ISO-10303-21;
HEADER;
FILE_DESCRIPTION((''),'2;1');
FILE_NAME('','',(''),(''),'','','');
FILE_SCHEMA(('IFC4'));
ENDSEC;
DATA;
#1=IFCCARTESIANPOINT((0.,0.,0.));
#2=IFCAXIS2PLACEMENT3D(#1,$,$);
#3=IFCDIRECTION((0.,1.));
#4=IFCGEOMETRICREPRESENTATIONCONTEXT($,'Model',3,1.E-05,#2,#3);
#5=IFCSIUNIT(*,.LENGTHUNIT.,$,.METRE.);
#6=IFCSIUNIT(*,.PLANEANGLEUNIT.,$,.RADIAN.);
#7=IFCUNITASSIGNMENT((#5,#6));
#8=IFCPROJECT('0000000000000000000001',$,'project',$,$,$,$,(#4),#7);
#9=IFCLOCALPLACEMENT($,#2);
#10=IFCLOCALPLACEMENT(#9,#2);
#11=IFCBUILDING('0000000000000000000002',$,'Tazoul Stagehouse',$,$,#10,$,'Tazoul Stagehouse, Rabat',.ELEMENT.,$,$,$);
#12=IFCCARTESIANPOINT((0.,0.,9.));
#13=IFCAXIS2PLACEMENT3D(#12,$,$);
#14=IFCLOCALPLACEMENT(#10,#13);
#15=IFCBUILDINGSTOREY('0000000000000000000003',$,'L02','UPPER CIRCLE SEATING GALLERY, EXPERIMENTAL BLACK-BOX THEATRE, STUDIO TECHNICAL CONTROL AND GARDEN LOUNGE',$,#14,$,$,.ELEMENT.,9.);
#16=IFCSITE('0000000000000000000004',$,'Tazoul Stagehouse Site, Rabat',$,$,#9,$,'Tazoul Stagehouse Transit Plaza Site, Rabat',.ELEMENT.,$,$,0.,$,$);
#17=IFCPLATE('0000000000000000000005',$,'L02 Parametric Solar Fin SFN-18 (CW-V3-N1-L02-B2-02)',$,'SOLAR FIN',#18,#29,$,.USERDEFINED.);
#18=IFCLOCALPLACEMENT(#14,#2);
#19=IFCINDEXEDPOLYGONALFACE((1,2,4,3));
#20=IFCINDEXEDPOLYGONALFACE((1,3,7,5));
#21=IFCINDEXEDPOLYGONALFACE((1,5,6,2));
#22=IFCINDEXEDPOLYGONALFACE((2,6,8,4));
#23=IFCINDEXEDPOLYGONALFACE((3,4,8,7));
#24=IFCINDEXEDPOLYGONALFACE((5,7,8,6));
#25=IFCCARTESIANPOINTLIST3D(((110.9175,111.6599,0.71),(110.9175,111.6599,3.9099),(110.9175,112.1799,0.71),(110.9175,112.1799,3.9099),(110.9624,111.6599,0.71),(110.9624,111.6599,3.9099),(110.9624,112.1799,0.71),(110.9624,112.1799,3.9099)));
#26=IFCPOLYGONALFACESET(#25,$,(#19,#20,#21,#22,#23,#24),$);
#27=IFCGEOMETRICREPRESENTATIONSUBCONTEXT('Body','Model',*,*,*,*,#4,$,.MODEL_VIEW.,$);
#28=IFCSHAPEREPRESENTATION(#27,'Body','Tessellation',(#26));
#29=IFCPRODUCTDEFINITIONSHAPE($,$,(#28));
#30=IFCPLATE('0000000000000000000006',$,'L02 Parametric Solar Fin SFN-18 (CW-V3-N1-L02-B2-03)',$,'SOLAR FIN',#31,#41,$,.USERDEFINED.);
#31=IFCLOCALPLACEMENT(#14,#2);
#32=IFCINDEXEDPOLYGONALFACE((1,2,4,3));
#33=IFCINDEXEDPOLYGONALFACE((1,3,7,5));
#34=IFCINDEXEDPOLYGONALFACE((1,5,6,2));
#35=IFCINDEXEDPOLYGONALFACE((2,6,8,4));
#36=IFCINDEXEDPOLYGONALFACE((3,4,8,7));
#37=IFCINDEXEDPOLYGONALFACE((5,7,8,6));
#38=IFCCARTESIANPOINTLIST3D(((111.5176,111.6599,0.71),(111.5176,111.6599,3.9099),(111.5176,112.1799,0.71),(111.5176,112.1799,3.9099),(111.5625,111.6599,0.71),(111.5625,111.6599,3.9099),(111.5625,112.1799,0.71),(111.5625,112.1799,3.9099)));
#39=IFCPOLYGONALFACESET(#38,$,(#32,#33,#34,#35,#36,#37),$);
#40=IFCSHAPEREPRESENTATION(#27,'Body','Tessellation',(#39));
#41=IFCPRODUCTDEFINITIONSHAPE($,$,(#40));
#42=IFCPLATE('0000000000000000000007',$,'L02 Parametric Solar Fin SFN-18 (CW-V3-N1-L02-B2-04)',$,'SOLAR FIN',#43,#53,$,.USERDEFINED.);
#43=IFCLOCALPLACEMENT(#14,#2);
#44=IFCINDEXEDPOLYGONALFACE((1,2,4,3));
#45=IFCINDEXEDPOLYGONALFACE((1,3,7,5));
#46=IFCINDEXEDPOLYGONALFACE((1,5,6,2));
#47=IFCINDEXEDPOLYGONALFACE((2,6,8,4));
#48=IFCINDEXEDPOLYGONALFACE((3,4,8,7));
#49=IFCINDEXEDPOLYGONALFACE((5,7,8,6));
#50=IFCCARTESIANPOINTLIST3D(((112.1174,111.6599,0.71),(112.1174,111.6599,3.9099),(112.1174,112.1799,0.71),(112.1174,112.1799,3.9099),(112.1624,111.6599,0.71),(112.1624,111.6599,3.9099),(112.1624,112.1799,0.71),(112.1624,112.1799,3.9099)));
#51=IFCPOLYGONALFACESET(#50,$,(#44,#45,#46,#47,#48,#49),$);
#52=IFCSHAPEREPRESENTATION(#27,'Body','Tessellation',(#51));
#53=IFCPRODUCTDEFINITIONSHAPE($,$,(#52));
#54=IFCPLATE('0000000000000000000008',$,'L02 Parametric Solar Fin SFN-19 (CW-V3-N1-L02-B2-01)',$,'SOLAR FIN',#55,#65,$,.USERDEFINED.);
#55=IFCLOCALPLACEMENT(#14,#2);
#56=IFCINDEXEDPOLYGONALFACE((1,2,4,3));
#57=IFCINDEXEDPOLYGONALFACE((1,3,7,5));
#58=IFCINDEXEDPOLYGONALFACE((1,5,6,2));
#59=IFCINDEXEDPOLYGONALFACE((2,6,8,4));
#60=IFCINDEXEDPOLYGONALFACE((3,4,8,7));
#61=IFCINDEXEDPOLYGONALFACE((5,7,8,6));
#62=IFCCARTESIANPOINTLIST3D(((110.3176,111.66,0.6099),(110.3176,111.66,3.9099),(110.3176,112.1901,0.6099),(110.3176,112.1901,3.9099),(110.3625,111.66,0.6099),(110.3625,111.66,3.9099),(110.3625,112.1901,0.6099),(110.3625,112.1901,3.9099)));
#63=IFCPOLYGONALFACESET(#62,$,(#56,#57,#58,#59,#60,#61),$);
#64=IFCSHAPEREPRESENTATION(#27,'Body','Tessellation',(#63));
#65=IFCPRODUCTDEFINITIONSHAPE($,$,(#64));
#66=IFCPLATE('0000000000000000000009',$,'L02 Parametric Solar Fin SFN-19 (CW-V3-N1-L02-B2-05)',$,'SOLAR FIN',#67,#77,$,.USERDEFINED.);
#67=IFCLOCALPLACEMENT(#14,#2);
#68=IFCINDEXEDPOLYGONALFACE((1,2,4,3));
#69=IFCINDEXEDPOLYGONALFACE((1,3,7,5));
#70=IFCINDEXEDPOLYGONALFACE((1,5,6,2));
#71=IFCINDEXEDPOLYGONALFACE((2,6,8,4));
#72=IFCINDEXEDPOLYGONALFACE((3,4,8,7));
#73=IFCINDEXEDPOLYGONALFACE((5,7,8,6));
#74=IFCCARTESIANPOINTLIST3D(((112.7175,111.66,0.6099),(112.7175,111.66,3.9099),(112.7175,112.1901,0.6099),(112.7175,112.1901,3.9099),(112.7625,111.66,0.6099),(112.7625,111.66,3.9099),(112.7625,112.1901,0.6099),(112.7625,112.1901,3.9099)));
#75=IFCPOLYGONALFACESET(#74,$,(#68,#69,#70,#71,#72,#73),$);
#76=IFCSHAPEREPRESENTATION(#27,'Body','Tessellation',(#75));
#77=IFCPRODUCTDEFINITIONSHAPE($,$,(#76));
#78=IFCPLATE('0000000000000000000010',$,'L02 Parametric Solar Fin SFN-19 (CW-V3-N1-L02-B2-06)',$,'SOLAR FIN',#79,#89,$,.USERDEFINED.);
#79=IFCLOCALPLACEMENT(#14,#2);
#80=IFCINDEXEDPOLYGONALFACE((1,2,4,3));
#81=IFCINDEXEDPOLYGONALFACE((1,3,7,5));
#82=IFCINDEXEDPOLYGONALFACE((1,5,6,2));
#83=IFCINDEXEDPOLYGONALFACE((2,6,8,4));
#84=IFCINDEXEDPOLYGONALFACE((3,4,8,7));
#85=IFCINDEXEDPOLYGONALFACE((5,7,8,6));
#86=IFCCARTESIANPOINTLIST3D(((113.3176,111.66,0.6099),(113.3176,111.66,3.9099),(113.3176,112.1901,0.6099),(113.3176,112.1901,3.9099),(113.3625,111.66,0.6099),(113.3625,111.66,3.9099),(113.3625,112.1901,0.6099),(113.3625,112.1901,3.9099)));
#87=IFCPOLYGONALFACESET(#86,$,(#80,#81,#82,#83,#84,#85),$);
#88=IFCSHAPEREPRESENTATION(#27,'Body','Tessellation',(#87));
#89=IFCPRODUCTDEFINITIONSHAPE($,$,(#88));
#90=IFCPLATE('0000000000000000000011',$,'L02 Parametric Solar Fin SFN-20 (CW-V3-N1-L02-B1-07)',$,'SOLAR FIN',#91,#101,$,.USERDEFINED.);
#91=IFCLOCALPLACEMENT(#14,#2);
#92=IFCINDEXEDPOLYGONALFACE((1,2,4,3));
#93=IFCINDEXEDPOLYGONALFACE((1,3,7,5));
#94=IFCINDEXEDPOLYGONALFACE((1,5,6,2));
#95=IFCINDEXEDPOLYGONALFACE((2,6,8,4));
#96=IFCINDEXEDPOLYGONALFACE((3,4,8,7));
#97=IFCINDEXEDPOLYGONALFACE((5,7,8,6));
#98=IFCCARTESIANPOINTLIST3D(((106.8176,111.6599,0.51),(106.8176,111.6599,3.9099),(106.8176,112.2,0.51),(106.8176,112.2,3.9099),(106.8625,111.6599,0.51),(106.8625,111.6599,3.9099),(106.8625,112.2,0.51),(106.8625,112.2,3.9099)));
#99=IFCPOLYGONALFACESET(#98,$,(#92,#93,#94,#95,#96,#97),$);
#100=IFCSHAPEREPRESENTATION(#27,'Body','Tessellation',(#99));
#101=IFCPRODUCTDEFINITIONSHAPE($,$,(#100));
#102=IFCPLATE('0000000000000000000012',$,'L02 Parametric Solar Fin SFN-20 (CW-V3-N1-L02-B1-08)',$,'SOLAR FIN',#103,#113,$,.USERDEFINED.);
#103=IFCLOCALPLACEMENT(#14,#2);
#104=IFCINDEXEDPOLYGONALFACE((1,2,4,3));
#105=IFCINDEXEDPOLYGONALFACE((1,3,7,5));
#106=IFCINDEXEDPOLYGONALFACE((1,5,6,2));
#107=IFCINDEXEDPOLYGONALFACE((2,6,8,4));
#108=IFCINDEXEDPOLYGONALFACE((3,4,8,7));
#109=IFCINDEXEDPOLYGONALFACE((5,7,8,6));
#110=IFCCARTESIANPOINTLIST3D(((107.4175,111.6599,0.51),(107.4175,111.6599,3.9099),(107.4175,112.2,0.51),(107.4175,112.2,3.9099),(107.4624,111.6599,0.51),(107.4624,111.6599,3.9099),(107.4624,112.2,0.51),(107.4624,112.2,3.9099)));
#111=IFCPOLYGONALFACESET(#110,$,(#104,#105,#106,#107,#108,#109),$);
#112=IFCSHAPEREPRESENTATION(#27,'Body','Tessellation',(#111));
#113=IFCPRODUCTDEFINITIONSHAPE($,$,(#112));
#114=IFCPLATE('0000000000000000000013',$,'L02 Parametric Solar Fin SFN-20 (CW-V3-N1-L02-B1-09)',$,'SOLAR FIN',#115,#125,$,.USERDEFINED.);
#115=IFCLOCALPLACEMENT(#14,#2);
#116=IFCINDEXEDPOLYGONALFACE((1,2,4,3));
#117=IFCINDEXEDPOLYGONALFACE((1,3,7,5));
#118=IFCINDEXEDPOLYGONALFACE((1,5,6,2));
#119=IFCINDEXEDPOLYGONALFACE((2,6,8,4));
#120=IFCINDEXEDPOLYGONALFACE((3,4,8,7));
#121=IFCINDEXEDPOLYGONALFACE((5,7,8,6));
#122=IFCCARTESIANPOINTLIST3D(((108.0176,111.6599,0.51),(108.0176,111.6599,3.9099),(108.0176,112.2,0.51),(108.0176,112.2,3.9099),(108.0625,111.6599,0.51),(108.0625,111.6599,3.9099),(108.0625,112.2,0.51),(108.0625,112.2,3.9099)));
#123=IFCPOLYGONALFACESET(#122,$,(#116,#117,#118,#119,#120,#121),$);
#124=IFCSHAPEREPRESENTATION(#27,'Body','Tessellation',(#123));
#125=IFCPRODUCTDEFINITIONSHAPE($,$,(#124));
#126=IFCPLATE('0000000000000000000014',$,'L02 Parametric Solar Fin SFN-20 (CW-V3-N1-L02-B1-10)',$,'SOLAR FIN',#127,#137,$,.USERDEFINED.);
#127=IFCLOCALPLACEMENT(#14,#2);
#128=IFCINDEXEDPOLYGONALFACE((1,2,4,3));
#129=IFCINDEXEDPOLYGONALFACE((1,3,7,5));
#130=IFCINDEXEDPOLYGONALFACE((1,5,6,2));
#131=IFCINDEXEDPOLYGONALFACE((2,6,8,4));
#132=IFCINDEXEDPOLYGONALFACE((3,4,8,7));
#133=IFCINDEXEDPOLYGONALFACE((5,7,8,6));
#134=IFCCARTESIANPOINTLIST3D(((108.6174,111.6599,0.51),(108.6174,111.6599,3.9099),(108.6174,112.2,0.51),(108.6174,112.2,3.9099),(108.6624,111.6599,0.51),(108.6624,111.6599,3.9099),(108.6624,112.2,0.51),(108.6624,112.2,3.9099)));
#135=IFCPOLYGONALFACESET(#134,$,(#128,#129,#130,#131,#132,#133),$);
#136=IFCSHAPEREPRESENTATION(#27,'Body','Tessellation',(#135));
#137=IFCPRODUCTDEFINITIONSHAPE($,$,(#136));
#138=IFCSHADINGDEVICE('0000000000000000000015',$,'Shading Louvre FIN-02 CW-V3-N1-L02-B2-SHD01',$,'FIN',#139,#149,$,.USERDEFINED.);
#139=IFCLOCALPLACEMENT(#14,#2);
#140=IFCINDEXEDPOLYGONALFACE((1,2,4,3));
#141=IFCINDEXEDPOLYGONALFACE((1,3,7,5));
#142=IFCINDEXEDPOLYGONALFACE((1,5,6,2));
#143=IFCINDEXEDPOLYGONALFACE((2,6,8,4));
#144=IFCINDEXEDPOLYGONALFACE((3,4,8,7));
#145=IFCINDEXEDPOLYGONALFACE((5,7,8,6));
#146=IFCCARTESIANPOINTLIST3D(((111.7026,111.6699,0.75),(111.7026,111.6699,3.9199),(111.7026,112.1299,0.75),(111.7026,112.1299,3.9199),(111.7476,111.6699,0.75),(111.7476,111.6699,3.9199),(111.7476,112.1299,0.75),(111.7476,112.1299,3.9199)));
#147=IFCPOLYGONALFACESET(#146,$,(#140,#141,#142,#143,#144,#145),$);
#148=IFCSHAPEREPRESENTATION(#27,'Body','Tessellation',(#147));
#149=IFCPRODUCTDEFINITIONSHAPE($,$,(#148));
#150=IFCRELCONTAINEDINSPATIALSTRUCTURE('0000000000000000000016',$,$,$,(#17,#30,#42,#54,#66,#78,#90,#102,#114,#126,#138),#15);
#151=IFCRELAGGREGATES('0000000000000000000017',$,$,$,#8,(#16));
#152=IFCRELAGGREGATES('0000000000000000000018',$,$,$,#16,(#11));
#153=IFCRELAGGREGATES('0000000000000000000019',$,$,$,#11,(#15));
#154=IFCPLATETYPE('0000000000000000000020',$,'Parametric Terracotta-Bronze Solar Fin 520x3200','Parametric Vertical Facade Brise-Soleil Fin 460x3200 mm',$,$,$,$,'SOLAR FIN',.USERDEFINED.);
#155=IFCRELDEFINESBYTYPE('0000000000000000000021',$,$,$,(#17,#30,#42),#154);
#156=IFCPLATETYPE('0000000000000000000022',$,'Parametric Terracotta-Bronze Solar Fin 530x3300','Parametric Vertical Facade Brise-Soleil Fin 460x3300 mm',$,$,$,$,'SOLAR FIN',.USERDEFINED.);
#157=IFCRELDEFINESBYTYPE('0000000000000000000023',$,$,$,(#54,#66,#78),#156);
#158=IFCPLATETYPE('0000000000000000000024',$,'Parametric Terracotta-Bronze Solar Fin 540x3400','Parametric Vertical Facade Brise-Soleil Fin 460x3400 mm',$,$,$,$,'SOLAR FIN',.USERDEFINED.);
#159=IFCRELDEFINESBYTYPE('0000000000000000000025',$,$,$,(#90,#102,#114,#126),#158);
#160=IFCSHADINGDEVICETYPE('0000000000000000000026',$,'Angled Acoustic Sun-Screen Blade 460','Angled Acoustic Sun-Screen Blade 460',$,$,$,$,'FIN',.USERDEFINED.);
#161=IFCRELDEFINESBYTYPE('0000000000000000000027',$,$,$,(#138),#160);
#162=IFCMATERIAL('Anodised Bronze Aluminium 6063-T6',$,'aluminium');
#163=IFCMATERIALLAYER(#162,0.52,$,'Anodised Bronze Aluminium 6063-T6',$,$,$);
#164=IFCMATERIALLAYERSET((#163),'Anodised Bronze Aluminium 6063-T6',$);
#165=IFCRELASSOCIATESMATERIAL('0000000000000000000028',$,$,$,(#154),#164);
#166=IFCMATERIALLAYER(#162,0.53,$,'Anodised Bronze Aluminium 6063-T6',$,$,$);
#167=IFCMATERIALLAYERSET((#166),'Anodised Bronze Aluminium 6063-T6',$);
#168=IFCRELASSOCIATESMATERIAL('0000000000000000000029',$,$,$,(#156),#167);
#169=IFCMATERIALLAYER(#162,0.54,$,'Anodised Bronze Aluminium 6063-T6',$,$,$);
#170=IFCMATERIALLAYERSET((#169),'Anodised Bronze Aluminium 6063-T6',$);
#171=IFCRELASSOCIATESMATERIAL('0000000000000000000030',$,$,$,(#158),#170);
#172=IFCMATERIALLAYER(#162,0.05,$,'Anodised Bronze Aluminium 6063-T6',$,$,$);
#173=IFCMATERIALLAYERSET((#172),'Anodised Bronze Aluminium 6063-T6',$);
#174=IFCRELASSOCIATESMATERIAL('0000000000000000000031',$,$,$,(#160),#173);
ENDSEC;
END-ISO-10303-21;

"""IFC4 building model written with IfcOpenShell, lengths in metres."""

from ifc_helpers import new_model, si_unit, direction, frame, origin, origin_2d, place, context, subcontext, project, spatial, rectangle, extrude, material, layer, layer_set, type_object, element, save


model = new_model("IFC4")

# Units and contexts
model_context = context("Model", 3, precision=1e-05, world=origin(), true_north=direction((0.0, 1.0)))
body_context = subcontext(model_context, "Body", "Model", "MODEL_VIEW")
ifc_project = project(units=[si_unit("LENGTHUNIT", "METRE"), si_unit("PLANEANGLEUNIT", "RADIAN")], contexts=[model_context])

# Site, building, storey
site_placement = place(None, origin())
site = spatial("IfcSite", under=ifc_project, at=site_placement, Name="Tazoul Stagehouse Site, Rabat", LongName="Tazoul Stagehouse Transit Plaza Site, Rabat", CompositionType="ELEMENT", RefElevation=0.0)
building_placement = place(site_placement, origin())
building = spatial("IfcBuilding", under=site, at=building_placement, Name="Tazoul Stagehouse", LongName="Tazoul Stagehouse, Rabat", CompositionType="ELEMENT")
storey_placement = place(building_placement, frame((0.0, 0.0, 9.0)))
storey = spatial("IfcBuildingStorey", under=building, at=storey_placement, Name="L02", Description="UPPER CIRCLE SEATING GALLERY, EXPERIMENTAL BLACK-BOX THEATRE, STUDIO TECHNICAL CONTROL AND GARDEN LOUNGE", CompositionType="ELEMENT", Elevation=9.0)

# Plates
ifc_material = material(Name="Anodised Bronze Aluminium 6063-T6", Category="aluminium")
ifc_layer_1 = layer(ifc_material, 0.52, Name="Anodised Bronze Aluminium 6063-T6")
ifc_layer_set_1 = layer_set([ifc_layer_1], Name="Anodised Bronze Aluminium 6063-T6")
plate_type_1 = type_object("IfcPlateType", Name="Parametric Terracotta-Bronze Solar Fin 520x3200", Description="Parametric Vertical Facade Brise-Soleil Fin 460x3200 mm", ElementType="SOLAR FIN", PredefinedType="USERDEFINED", material=ifc_layer_set_1)
for number, where, z_axis, x_axis, name in (
    (1, (110.9399, 111.9199, 0.71), (0.0, 0.0, 1.0), (1.0, 0.0, 0.0), "L02 Parametric Solar Fin SFN-18 (CW-V3-N1-L02-B2-02)"),
    (2, (111.54, 111.9199, 0.71), (0.0, 0.0, 1.0), (1.0, 0.0, 0.0), "L02 Parametric Solar Fin SFN-18 (CW-V3-N1-L02-B2-03)"),
    (3, (112.1399, 111.9199, 0.71), (0.0, 0.0, 1.0), (1.0, 0.0, 0.0), "L02 Parametric Solar Fin SFN-18 (CW-V3-N1-L02-B2-04)"),
):
    element("IfcPlate", number, at=place(storey_placement, frame(where, z_axis=z_axis, x_axis=x_axis)), inside=storey, type_object=plate_type_1, Name=name, ObjectType="SOLAR FIN", PredefinedType="USERDEFINED", context=body_context, shape_type="SweptSolid", body=[
        extrude(rectangle(XDim=0.0449, YDim=0.52, at=origin_2d()), origin(), (0.0, 0.0, 1.0), 3.2),
    ])
ifc_layer_2 = layer(ifc_material, 0.53, Name="Anodised Bronze Aluminium 6063-T6")
ifc_layer_set_2 = layer_set([ifc_layer_2], Name="Anodised Bronze Aluminium 6063-T6")
plate_type_2 = type_object("IfcPlateType", Name="Parametric Terracotta-Bronze Solar Fin 530x3300", Description="Parametric Vertical Facade Brise-Soleil Fin 460x3300 mm", ElementType="SOLAR FIN", PredefinedType="USERDEFINED", material=ifc_layer_set_2)
for number, where, z_axis, x_axis, name in (
    (4, (110.3401, 111.925, 0.6099), (0.0, 0.0, 1.0), (1.0, 0.0, 0.0), "L02 Parametric Solar Fin SFN-19 (CW-V3-N1-L02-B2-01)"),
    (5, (112.74, 111.925, 0.6099), (0.0, 0.0, 1.0), (1.0, 0.0, 0.0), "L02 Parametric Solar Fin SFN-19 (CW-V3-N1-L02-B2-05)"),
    (6, (113.3401, 111.925, 0.6099), (0.0, 0.0, 1.0), (1.0, 0.0, 0.0), "L02 Parametric Solar Fin SFN-19 (CW-V3-N1-L02-B2-06)"),
):
    element("IfcPlate", number, at=place(storey_placement, frame(where, z_axis=z_axis, x_axis=x_axis)), inside=storey, type_object=plate_type_2, Name=name, ObjectType="SOLAR FIN", PredefinedType="USERDEFINED", context=body_context, shape_type="SweptSolid", body=[
        extrude(rectangle(XDim=0.0449, YDim=0.53, at=origin_2d()), origin(), (0.0, 0.0, 1.0), 3.3),
    ])
ifc_layer_3 = layer(ifc_material, 0.54, Name="Anodised Bronze Aluminium 6063-T6")
ifc_layer_set_3 = layer_set([ifc_layer_3], Name="Anodised Bronze Aluminium 6063-T6")
plate_type_3 = type_object("IfcPlateType", Name="Parametric Terracotta-Bronze Solar Fin 540x3400", Description="Parametric Vertical Facade Brise-Soleil Fin 460x3400 mm", ElementType="SOLAR FIN", PredefinedType="USERDEFINED", material=ifc_layer_set_3)
for number, where, z_axis, x_axis, name in (
    (7, (106.8401, 111.9299, 0.51), (0.0, 0.0, 1.0), (1.0, 0.0, 0.0), "L02 Parametric Solar Fin SFN-20 (CW-V3-N1-L02-B1-07)"),
    (8, (107.4399, 111.9299, 0.51), (0.0, 0.0, 1.0), (1.0, 0.0, 0.0), "L02 Parametric Solar Fin SFN-20 (CW-V3-N1-L02-B1-08)"),
    (9, (108.04, 111.9299, 0.51), (0.0, 0.0, 1.0), (1.0, 0.0, 0.0), "L02 Parametric Solar Fin SFN-20 (CW-V3-N1-L02-B1-09)"),
    (10, (108.6399, 111.9299, 0.51), (0.0, 0.0, 1.0), (1.0, 0.0, 0.0), "L02 Parametric Solar Fin SFN-20 (CW-V3-N1-L02-B1-10)"),
):
    element("IfcPlate", number, at=place(storey_placement, frame(where, z_axis=z_axis, x_axis=x_axis)), inside=storey, type_object=plate_type_3, Name=name, ObjectType="SOLAR FIN", PredefinedType="USERDEFINED", context=body_context, shape_type="SweptSolid", body=[
        extrude(rectangle(XDim=0.0449, YDim=0.54, at=origin_2d()), origin(), (0.0, 0.0, 1.0), 3.3999),
    ])

# Shading device
ifc_layer_4 = layer(ifc_material, 0.05, Name="Anodised Bronze Aluminium 6063-T6")
ifc_layer_set_4 = layer_set([ifc_layer_4], Name="Anodised Bronze Aluminium 6063-T6")
shading_device_type = type_object("IfcShadingDeviceType", Name="Angled Acoustic Sun-Screen Blade 460", Description="Angled Acoustic Sun-Screen Blade 460", ElementType="FIN", PredefinedType="USERDEFINED", material=ifc_layer_set_4)
shading_device_placement = place(storey_placement, frame((111.7251, 111.8999, 0.75), z_axis=(0.0, 0.0, 1.0), x_axis=(1.0, 0.0, 0.0)))
element("IfcShadingDevice", 11, at=shading_device_placement, inside=storey, type_object=shading_device_type, Name="Shading Louvre FIN-02 CW-V3-N1-L02-B2-SHD01", ObjectType="FIN", PredefinedType="USERDEFINED", context=body_context, shape_type="SweptSolid", body=[
    extrude(rectangle(XDim=0.0449, YDim=0.46, at=origin_2d()), origin(), (0.0, 0.0, 1.0), 3.1699),
])

save(model, "model.ifc")
